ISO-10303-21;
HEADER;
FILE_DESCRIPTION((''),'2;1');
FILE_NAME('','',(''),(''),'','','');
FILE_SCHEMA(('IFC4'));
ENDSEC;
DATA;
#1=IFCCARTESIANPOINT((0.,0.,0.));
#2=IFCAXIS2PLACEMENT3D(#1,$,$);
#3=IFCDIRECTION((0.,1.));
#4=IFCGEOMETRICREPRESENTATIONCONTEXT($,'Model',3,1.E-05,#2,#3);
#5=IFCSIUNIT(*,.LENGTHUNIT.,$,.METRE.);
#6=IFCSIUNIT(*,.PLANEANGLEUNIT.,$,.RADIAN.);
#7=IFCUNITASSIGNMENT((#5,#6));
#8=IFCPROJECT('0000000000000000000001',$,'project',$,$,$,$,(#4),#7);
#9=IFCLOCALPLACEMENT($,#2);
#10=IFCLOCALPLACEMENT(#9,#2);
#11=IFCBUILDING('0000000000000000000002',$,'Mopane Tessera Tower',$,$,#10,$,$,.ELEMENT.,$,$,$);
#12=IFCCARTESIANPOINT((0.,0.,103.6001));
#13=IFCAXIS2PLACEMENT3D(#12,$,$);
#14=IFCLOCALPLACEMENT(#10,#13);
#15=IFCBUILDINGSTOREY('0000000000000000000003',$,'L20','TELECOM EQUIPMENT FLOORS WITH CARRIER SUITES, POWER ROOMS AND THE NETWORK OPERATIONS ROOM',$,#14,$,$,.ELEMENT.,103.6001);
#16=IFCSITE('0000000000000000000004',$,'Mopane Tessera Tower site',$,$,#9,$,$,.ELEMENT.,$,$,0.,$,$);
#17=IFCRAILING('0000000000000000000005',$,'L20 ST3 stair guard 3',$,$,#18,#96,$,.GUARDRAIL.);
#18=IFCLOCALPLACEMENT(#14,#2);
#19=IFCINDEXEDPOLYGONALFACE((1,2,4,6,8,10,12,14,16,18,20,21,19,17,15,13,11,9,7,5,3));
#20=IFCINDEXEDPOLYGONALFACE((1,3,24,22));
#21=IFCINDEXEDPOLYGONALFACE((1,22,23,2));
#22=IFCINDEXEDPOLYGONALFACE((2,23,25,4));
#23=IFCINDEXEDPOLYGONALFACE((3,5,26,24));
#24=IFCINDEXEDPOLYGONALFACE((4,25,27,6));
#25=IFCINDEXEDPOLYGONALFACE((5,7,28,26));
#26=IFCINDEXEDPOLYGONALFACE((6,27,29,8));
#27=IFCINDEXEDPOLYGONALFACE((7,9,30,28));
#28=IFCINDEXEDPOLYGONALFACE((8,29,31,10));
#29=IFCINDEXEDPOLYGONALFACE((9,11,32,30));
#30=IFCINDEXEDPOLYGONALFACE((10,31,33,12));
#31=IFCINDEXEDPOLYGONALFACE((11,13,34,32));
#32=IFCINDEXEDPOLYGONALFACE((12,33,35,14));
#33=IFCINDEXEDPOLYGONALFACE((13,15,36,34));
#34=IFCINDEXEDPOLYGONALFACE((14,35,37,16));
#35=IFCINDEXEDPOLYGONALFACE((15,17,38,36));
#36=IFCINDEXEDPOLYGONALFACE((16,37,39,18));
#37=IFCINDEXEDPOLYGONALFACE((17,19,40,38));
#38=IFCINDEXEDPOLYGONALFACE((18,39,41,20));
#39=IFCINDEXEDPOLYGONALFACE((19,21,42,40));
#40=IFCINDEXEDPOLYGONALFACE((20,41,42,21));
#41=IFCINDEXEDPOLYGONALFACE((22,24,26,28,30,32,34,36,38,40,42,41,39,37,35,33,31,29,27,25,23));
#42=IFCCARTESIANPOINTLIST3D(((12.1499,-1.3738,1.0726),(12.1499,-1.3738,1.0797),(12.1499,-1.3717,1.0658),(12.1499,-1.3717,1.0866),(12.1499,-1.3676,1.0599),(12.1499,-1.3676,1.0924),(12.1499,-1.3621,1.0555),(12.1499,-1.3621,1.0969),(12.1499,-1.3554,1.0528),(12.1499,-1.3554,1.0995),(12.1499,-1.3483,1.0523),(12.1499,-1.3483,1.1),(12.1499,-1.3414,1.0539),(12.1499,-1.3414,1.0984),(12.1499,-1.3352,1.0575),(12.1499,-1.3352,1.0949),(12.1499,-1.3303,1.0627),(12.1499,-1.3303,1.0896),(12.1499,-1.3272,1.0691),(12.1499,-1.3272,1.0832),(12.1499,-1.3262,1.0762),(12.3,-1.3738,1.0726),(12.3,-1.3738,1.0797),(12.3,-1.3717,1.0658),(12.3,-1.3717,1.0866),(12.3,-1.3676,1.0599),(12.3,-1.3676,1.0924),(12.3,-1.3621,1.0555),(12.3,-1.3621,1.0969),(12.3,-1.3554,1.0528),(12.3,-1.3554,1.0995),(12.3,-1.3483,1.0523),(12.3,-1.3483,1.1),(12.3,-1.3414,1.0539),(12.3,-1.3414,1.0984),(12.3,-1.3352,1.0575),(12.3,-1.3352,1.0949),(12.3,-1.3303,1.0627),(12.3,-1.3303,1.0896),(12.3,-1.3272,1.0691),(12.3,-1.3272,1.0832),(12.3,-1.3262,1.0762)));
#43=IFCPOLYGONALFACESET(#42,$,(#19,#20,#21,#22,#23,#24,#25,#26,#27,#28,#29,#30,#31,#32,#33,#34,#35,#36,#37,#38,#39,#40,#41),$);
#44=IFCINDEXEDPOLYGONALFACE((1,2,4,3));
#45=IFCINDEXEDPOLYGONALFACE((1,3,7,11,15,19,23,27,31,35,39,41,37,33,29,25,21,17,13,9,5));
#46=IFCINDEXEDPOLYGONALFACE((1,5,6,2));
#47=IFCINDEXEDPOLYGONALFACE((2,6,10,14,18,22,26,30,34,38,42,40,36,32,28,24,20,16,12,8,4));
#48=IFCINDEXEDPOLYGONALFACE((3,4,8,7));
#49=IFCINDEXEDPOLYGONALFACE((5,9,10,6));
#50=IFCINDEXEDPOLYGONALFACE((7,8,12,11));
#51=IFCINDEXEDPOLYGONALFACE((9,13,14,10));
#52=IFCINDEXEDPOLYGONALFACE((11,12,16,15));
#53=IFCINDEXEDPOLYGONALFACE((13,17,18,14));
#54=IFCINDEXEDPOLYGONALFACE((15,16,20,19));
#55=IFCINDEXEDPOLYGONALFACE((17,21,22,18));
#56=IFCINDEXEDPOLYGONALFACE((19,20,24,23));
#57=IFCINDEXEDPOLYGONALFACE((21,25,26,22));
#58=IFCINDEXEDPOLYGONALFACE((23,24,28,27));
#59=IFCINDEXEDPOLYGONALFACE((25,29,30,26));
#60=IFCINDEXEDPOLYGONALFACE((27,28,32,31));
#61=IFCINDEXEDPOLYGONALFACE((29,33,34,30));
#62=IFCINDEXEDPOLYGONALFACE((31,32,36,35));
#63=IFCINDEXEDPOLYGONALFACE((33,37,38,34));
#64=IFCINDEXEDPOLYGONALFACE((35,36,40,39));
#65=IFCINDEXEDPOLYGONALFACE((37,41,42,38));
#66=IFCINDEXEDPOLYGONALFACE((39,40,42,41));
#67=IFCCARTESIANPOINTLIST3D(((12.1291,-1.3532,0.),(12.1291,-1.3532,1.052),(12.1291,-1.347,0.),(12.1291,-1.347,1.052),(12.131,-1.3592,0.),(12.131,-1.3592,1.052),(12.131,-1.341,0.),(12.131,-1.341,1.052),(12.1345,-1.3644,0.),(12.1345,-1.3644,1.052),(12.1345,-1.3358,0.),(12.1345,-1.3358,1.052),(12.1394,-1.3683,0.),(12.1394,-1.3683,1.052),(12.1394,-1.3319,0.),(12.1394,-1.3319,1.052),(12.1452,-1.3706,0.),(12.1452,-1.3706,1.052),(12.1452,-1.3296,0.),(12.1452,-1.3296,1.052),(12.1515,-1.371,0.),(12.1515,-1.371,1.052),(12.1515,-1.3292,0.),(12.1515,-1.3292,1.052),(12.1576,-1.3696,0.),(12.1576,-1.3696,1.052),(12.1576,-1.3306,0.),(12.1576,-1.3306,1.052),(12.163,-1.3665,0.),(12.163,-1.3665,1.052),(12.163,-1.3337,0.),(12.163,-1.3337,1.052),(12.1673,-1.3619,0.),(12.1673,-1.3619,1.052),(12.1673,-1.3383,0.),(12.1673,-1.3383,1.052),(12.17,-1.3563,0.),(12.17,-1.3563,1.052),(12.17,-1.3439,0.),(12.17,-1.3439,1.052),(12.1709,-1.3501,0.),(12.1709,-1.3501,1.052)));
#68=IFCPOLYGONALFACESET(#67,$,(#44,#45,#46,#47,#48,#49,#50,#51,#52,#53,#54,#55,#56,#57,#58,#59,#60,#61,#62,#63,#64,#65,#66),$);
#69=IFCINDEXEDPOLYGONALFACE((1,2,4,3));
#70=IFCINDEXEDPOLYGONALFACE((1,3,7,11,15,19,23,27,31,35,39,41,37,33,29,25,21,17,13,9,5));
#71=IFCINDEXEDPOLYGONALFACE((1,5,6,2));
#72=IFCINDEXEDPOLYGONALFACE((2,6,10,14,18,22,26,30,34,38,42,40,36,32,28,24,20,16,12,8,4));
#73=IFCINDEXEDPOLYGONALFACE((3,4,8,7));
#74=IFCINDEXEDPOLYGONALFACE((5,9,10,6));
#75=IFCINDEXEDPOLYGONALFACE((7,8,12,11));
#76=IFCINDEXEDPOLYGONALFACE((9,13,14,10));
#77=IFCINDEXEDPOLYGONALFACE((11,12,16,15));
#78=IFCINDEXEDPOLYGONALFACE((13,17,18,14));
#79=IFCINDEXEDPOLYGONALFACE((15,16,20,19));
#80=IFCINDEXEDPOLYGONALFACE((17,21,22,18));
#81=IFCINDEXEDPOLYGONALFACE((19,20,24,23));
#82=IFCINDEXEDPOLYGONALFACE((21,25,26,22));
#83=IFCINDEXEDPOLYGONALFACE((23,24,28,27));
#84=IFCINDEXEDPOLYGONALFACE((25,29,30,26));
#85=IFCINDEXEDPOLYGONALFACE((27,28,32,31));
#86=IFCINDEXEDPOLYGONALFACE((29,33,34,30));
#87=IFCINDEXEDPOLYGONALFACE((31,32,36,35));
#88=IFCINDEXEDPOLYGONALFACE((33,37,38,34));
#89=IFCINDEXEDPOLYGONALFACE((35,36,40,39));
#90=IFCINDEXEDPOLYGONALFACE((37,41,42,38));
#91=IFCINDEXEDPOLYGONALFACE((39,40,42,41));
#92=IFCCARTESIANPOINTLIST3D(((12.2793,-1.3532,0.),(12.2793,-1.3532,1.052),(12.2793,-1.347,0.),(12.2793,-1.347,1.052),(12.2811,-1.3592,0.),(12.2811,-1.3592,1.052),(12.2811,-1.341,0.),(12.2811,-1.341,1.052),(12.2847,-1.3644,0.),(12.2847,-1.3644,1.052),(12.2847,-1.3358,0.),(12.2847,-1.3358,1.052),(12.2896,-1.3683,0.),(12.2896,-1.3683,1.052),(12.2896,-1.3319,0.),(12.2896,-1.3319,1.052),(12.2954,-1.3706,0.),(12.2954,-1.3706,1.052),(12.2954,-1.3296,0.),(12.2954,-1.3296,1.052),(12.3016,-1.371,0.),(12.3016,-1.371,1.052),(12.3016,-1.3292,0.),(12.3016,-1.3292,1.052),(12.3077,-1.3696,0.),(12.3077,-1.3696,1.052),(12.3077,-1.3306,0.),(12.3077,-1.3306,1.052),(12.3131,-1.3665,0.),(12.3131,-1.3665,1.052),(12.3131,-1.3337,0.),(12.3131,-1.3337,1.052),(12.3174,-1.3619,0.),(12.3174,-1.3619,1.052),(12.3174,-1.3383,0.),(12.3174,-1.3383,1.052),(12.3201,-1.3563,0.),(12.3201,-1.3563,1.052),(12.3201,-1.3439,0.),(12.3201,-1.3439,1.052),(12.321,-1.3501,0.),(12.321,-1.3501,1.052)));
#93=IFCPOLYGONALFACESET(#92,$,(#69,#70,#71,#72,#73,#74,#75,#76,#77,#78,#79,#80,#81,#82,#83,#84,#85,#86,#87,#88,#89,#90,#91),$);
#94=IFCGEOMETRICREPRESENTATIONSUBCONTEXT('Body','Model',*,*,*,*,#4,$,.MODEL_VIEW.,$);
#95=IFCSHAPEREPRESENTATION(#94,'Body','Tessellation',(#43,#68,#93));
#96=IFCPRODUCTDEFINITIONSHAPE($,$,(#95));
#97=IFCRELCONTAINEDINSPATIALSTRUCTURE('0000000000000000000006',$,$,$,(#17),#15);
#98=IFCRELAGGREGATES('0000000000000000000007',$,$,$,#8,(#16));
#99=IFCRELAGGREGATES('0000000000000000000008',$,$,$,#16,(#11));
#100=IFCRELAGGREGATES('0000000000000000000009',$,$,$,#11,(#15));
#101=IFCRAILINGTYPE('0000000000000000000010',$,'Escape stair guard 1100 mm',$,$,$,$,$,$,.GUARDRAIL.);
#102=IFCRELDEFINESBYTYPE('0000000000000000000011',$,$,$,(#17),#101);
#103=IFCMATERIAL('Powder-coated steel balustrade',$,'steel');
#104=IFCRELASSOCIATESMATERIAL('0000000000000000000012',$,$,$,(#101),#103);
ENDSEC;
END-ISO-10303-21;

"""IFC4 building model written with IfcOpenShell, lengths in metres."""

from ifc_helpers import new_model, si_unit, direction, frame, origin, origin_2d, place, context, subcontext, project, spatial, circle, extrude, material, type_object, element, save


model = new_model("IFC4")

# Units and contexts
model_context = context("Model", 3, precision=1e-05, world=origin(), true_north=direction((0.0, 1.0)))
body_context = subcontext(model_context, "Body", "Model", "MODEL_VIEW")
ifc_project = project(units=[si_unit("LENGTHUNIT", "METRE"), si_unit("PLANEANGLEUNIT", "RADIAN")], contexts=[model_context])

# Site, building, storey
site_placement = place(None, origin())
site = spatial("IfcSite", under=ifc_project, at=site_placement, Name="Mopane Tessera Tower site", CompositionType="ELEMENT", RefElevation=0.0)
building_placement = place(site_placement, origin())
building = spatial("IfcBuilding", under=site, at=building_placement, Name="Mopane Tessera Tower", CompositionType="ELEMENT")
storey_placement = place(building_placement, frame((0.0, 0.0, 103.6001)))
storey = spatial("IfcBuildingStorey", under=building, at=storey_placement, Name="L20", Description="TELECOM EQUIPMENT FLOORS WITH CARRIER SUITES, POWER ROOMS AND THE NETWORK OPERATIONS ROOM", CompositionType="ELEMENT", Elevation=103.6001)

# Railing
ifc_material_1 = material(Name="Powder-coated steel balustrade", Category="steel")
railing_type_1 = type_object("IfcRailingType", Name="Escape stair guard 1100 mm", PredefinedType="GUARDRAIL", material=ifc_material_1)
railing_1_placement = place(storey_placement, frame((12.1499, -1.3501, 0.0)))
element("IfcRailing", 1, at=railing_1_placement, inside=storey, type_object=railing_type_1, Name="L20 ST3 stair guard 3", PredefinedType="GUARDRAIL", context=body_context, shape_type="SweptSolid", body=[
    extrude(circle(Radius=0.0239, at=origin_2d()), frame((0.0, 0.0, 1.0762), z_axis=(1.0, 0.0, 0.0), x_axis=(0.0, 1.0, 0.0)), (0.0, 0.0, 1.0), 0.1501),
    extrude(circle(Radius=0.021, at=origin_2d()), origin(), (0.0, 0.0, 1.0), 1.052),
    extrude(circle(Radius=0.021, at=origin_2d()), frame((0.1501, 0.0, 0.0)), (0.0, 0.0, 1.0), 1.052),
])

save(model, "model.ifc")
